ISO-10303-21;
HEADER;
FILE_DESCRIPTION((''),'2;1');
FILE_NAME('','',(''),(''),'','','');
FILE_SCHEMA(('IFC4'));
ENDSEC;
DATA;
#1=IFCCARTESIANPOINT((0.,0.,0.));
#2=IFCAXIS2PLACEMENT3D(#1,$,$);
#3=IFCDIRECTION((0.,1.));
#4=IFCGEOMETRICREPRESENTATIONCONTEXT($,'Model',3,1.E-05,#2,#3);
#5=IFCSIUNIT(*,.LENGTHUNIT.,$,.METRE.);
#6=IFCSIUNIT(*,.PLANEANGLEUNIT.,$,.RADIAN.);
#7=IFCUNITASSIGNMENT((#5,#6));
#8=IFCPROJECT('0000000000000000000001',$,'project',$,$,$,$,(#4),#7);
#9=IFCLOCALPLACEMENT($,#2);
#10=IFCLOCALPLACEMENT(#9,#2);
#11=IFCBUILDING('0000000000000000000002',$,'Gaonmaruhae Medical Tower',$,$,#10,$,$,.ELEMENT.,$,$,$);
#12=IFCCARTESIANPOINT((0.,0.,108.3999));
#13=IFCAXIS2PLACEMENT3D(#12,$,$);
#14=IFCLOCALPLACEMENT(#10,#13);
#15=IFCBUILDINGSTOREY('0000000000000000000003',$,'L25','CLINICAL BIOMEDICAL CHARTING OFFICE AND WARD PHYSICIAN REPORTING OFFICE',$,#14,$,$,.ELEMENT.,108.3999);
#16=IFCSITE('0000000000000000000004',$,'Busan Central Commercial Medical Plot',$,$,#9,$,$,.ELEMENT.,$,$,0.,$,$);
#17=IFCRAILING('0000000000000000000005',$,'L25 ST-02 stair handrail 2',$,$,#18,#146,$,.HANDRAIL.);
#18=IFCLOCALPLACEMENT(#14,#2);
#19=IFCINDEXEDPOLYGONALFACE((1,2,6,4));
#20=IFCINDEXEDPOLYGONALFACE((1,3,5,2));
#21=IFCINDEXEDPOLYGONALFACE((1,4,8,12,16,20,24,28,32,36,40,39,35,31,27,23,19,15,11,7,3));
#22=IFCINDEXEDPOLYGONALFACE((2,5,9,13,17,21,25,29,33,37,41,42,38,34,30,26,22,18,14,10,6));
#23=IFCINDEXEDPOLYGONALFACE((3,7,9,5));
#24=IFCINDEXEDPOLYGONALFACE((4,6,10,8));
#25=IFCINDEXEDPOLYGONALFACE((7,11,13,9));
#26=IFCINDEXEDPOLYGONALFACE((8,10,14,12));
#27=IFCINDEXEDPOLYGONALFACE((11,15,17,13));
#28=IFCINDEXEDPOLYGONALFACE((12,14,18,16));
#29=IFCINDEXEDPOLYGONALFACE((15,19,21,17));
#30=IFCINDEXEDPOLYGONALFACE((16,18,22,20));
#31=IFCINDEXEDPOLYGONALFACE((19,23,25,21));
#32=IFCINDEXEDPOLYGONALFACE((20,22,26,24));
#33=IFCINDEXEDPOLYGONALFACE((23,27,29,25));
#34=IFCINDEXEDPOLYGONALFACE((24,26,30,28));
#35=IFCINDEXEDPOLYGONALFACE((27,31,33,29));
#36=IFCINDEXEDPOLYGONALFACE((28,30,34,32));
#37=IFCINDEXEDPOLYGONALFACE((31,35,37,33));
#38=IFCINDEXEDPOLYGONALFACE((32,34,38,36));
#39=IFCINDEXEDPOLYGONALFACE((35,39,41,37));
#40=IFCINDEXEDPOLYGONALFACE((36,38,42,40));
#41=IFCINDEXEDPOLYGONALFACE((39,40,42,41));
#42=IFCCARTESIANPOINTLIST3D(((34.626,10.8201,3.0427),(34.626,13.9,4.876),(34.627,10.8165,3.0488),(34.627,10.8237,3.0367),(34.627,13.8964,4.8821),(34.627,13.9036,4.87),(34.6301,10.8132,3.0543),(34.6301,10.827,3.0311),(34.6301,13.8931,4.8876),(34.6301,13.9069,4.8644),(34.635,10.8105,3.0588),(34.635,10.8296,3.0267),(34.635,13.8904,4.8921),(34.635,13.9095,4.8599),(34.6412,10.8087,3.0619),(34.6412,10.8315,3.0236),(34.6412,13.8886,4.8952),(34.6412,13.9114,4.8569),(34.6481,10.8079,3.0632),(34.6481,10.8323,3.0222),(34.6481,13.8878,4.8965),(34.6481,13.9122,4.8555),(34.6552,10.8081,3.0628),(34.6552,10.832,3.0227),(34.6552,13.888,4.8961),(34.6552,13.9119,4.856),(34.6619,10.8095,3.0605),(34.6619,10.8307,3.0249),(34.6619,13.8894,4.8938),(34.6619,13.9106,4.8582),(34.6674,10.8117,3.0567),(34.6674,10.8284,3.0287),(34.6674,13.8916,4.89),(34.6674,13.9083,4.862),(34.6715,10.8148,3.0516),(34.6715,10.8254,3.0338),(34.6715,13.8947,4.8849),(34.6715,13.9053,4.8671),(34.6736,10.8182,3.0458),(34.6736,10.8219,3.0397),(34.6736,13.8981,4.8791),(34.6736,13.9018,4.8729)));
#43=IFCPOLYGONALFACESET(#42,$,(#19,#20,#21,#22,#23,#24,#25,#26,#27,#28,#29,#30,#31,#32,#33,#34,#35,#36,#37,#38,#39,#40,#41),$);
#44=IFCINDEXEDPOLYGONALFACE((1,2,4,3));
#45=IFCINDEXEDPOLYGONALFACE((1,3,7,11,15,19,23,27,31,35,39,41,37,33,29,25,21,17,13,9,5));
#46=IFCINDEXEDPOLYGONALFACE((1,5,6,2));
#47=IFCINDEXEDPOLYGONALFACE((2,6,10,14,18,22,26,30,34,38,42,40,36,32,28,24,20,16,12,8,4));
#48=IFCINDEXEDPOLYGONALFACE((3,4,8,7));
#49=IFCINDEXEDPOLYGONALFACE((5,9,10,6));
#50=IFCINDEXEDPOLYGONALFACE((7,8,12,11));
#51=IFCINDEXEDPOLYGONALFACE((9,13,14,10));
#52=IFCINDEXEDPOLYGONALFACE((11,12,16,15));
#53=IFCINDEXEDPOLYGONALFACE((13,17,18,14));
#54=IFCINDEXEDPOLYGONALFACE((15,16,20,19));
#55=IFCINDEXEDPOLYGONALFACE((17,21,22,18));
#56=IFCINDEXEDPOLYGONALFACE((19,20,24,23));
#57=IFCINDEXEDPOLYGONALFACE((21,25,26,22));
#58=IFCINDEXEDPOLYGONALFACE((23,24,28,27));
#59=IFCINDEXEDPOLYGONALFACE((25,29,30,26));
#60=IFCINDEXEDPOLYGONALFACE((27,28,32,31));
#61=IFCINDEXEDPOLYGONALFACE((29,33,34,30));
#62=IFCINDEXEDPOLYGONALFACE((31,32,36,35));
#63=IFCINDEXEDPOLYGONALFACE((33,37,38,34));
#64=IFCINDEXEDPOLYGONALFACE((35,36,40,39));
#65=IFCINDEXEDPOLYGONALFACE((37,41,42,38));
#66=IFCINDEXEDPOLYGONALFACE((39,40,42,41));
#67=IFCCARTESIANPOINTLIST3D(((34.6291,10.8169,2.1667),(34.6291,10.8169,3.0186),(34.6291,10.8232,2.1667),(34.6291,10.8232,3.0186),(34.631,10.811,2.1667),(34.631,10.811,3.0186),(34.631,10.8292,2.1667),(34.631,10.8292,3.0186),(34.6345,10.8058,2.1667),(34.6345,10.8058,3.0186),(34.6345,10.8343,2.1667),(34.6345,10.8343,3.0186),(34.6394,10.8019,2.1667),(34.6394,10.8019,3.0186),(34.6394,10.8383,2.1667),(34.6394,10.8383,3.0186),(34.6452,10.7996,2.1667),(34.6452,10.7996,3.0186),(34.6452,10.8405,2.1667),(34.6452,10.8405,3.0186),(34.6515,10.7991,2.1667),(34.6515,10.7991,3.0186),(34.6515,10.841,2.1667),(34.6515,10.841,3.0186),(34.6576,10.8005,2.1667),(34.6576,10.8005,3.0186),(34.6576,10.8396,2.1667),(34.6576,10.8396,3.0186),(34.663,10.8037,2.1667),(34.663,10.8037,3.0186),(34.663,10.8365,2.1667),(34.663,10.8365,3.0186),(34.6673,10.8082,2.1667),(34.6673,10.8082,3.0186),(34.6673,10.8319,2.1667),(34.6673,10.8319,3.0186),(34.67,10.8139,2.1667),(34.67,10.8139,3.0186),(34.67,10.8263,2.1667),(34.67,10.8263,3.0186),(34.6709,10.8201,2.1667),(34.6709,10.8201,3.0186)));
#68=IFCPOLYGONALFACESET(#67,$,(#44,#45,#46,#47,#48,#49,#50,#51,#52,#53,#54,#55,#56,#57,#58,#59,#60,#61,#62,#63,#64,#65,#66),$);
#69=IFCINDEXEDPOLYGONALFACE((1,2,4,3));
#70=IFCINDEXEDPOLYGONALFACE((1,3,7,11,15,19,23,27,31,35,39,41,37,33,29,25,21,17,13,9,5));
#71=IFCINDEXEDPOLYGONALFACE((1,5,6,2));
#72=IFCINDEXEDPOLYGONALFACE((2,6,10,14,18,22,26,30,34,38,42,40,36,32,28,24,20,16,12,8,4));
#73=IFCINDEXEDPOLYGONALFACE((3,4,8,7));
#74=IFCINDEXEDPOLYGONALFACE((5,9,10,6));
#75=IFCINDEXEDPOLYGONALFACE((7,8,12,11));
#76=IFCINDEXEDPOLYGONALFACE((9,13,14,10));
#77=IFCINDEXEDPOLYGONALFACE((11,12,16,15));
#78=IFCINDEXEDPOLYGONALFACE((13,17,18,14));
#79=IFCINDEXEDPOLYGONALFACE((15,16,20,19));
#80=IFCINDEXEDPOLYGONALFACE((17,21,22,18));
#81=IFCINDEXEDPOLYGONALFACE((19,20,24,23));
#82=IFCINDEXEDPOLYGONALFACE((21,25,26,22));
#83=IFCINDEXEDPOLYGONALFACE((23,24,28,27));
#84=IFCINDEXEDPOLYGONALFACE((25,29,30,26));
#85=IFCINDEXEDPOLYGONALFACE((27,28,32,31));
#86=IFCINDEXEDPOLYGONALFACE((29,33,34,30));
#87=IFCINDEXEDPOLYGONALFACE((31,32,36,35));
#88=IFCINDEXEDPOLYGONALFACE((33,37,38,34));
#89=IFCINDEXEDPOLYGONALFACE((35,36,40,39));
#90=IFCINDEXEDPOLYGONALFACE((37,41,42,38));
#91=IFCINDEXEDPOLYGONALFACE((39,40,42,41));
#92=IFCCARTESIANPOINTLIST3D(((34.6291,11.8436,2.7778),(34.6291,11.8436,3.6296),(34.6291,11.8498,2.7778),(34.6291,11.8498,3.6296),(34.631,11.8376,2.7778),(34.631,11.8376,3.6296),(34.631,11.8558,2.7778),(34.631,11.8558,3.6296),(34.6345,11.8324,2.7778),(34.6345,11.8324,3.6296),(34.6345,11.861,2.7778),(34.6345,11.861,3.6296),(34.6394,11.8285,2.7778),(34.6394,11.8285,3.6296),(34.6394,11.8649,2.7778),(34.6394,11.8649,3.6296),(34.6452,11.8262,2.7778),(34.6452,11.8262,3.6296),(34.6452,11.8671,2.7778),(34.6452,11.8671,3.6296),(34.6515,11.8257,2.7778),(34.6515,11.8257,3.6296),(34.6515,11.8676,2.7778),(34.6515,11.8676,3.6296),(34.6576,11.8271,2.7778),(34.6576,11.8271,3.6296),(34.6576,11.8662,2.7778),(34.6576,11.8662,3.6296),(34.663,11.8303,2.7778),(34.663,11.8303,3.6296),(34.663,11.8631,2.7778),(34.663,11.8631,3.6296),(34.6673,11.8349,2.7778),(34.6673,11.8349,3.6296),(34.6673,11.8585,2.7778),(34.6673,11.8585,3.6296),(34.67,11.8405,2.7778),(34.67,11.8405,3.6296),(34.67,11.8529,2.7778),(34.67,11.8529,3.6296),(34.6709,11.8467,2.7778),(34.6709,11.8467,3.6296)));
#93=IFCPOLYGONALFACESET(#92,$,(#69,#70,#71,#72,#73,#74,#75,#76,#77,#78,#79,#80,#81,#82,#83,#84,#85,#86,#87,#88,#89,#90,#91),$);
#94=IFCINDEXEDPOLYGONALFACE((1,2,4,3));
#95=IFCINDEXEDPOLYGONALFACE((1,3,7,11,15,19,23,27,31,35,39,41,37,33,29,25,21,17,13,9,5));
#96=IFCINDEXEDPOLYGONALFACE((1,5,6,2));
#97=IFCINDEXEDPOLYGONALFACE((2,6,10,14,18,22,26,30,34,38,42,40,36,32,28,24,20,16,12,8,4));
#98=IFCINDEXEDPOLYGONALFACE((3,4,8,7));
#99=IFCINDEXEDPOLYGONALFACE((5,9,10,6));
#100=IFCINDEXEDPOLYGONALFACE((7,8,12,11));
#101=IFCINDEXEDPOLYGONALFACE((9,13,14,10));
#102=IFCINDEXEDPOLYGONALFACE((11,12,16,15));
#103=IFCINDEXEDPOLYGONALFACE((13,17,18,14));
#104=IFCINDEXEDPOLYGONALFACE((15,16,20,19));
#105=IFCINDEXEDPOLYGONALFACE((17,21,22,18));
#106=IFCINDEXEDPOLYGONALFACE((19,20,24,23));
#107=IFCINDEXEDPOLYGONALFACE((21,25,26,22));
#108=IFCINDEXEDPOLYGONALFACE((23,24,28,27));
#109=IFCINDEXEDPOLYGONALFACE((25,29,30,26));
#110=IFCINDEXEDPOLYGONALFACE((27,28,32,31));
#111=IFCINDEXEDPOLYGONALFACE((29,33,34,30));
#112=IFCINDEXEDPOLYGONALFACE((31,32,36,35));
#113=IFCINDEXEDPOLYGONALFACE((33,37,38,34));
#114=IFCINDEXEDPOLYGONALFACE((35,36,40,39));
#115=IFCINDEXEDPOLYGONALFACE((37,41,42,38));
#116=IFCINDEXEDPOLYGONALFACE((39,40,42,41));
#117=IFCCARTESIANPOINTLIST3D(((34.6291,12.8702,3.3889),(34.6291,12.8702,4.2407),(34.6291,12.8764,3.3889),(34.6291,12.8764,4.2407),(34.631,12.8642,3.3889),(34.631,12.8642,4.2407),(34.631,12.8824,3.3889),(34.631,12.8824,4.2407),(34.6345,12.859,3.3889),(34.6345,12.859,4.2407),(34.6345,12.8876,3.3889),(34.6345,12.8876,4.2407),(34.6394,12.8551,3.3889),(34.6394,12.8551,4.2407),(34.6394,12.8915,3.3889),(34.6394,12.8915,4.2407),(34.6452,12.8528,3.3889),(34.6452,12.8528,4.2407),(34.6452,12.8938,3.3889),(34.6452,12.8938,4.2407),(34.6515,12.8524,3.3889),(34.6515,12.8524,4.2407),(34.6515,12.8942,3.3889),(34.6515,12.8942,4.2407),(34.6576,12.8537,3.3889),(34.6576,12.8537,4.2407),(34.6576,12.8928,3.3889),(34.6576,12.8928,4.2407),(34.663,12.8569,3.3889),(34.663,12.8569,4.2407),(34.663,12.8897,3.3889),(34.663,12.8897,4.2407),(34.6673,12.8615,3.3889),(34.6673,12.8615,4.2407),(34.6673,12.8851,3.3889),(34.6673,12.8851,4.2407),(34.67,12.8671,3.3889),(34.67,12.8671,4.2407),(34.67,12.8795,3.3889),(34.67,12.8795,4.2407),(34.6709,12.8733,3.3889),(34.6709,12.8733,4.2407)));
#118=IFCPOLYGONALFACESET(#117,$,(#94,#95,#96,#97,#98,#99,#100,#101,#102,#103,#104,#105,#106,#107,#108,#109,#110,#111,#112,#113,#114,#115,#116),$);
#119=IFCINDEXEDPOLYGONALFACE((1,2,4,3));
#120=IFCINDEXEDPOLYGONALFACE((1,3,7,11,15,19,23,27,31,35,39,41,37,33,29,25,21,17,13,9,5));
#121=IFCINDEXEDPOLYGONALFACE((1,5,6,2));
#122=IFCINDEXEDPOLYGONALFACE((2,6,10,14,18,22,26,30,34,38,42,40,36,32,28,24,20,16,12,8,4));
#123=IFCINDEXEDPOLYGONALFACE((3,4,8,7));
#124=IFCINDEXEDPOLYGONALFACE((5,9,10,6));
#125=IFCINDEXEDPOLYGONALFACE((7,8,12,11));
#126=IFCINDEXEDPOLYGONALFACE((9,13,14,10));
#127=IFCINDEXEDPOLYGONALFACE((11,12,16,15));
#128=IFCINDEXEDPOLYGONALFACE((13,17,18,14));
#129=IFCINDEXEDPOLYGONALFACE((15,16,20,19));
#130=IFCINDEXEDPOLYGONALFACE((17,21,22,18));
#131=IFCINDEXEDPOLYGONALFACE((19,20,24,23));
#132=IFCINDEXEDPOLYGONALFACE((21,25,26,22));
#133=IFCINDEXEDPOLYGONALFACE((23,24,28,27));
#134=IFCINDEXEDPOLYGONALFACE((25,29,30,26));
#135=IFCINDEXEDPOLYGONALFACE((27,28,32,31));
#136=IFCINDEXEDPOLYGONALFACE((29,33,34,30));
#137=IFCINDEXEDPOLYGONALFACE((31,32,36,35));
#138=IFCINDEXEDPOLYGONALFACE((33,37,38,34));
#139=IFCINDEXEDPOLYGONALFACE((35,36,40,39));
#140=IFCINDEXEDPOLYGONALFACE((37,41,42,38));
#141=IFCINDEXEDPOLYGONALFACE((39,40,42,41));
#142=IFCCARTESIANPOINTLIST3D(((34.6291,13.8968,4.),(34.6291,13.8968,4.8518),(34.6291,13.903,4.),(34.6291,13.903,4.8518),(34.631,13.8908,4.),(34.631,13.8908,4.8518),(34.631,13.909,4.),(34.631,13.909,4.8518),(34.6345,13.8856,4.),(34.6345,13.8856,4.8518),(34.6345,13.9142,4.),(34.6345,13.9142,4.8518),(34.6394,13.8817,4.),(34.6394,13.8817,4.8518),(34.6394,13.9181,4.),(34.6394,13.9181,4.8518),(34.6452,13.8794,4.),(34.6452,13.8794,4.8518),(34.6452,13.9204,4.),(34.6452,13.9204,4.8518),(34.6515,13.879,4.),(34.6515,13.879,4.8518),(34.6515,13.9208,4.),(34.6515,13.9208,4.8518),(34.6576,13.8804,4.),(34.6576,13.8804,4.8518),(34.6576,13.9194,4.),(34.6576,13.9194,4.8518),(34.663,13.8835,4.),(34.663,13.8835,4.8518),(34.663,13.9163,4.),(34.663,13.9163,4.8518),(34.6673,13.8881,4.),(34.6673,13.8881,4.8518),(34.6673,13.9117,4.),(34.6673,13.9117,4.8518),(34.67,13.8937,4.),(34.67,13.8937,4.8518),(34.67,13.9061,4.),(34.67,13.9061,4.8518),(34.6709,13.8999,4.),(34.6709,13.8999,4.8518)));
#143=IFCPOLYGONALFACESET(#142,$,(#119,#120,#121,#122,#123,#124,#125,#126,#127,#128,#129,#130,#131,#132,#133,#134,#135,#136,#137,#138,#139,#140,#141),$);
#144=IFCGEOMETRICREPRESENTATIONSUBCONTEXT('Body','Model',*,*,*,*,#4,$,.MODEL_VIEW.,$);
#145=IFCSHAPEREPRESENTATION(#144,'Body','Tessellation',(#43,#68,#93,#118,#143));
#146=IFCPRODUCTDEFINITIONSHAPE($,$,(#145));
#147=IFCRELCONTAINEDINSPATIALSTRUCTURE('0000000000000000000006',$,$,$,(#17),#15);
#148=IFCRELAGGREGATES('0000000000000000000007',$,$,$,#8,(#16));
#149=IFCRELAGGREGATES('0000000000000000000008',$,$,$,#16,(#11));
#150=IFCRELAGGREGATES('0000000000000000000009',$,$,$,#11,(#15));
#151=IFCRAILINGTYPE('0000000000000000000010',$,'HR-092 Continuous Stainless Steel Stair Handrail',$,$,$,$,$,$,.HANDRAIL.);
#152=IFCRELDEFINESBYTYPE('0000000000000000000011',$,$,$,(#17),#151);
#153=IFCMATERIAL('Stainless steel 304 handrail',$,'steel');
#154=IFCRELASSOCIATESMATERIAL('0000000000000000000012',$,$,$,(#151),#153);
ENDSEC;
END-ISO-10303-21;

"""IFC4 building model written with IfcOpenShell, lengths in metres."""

from ifc_helpers import new_model, si_unit, direction, frame, origin, origin_2d, place, context, subcontext, project, spatial, circle, extrude, material, type_object, element, save


model = new_model("IFC4")

# Units and contexts
model_context = context("Model", 3, precision=1e-05, world=origin(), true_north=direction((0.0, 1.0)))
body_context = subcontext(model_context, "Body", "Model", "MODEL_VIEW")
ifc_project = project(units=[si_unit("LENGTHUNIT", "METRE"), si_unit("PLANEANGLEUNIT", "RADIAN")], contexts=[model_context])

# Site, building, storey
site_placement = place(None, origin())
site = spatial("IfcSite", under=ifc_project, at=site_placement, Name="Busan Central Commercial Medical Plot", CompositionType="ELEMENT", RefElevation=0.0)
building_placement = place(site_placement, origin())
building = spatial("IfcBuilding", under=site, at=building_placement, Name="Gaonmaruhae Medical Tower", CompositionType="ELEMENT")
storey_placement = place(building_placement, frame((0.0, 0.0, 108.3999)))
storey = spatial("IfcBuildingStorey", under=building, at=storey_placement, Name="L25", Description="CLINICAL BIOMEDICAL CHARTING OFFICE AND WARD PHYSICIAN REPORTING OFFICE", CompositionType="ELEMENT", Elevation=108.3999)

# Railing
ifc_material_1 = material(Name="Stainless steel 304 handrail", Category="steel")
railing_type_1 = type_object("IfcRailingType", Name="HR-092 Continuous Stainless Steel Stair Handrail", PredefinedType="HANDRAIL", material=ifc_material_1)
railing_1_placement = place(storey_placement, frame((34.6499, 10.8201, 2.1667)))
element("IfcRailing", 1, at=railing_1_placement, inside=storey, type_object=railing_type_1, Name="L25 ST-02 stair handrail 2", PredefinedType="HANDRAIL", context=body_context, shape_type="SweptSolid", body=[
    extrude(circle(Radius=0.0239, at=origin_2d()), frame((0.0, 0.0, 0.876), z_axis=(0.0, 0.859291, 0.511487), x_axis=(-1.0, 0.0, 0.0)), (0.0, 0.0, 1.0), 3.5842),
    extrude(circle(Radius=0.021, at=origin_2d()), origin(), (0.0, 0.0, 1.0), 0.8518),
    extrude(circle(Radius=0.021, at=origin_2d()), frame((0.0, 1.0266, 0.6111)), (0.0, 0.0, 1.0), 0.8518),
    extrude(circle(Radius=0.021, at=origin_2d()), frame((0.0, 2.0532, 1.2222)), (0.0, 0.0, 1.0), 0.8518),
    extrude(circle(Radius=0.021, at=origin_2d()), frame((0.0, 3.0798, 1.8333)), (0.0, 0.0, 1.0), 0.8518),
])

save(model, "model.ifc")
